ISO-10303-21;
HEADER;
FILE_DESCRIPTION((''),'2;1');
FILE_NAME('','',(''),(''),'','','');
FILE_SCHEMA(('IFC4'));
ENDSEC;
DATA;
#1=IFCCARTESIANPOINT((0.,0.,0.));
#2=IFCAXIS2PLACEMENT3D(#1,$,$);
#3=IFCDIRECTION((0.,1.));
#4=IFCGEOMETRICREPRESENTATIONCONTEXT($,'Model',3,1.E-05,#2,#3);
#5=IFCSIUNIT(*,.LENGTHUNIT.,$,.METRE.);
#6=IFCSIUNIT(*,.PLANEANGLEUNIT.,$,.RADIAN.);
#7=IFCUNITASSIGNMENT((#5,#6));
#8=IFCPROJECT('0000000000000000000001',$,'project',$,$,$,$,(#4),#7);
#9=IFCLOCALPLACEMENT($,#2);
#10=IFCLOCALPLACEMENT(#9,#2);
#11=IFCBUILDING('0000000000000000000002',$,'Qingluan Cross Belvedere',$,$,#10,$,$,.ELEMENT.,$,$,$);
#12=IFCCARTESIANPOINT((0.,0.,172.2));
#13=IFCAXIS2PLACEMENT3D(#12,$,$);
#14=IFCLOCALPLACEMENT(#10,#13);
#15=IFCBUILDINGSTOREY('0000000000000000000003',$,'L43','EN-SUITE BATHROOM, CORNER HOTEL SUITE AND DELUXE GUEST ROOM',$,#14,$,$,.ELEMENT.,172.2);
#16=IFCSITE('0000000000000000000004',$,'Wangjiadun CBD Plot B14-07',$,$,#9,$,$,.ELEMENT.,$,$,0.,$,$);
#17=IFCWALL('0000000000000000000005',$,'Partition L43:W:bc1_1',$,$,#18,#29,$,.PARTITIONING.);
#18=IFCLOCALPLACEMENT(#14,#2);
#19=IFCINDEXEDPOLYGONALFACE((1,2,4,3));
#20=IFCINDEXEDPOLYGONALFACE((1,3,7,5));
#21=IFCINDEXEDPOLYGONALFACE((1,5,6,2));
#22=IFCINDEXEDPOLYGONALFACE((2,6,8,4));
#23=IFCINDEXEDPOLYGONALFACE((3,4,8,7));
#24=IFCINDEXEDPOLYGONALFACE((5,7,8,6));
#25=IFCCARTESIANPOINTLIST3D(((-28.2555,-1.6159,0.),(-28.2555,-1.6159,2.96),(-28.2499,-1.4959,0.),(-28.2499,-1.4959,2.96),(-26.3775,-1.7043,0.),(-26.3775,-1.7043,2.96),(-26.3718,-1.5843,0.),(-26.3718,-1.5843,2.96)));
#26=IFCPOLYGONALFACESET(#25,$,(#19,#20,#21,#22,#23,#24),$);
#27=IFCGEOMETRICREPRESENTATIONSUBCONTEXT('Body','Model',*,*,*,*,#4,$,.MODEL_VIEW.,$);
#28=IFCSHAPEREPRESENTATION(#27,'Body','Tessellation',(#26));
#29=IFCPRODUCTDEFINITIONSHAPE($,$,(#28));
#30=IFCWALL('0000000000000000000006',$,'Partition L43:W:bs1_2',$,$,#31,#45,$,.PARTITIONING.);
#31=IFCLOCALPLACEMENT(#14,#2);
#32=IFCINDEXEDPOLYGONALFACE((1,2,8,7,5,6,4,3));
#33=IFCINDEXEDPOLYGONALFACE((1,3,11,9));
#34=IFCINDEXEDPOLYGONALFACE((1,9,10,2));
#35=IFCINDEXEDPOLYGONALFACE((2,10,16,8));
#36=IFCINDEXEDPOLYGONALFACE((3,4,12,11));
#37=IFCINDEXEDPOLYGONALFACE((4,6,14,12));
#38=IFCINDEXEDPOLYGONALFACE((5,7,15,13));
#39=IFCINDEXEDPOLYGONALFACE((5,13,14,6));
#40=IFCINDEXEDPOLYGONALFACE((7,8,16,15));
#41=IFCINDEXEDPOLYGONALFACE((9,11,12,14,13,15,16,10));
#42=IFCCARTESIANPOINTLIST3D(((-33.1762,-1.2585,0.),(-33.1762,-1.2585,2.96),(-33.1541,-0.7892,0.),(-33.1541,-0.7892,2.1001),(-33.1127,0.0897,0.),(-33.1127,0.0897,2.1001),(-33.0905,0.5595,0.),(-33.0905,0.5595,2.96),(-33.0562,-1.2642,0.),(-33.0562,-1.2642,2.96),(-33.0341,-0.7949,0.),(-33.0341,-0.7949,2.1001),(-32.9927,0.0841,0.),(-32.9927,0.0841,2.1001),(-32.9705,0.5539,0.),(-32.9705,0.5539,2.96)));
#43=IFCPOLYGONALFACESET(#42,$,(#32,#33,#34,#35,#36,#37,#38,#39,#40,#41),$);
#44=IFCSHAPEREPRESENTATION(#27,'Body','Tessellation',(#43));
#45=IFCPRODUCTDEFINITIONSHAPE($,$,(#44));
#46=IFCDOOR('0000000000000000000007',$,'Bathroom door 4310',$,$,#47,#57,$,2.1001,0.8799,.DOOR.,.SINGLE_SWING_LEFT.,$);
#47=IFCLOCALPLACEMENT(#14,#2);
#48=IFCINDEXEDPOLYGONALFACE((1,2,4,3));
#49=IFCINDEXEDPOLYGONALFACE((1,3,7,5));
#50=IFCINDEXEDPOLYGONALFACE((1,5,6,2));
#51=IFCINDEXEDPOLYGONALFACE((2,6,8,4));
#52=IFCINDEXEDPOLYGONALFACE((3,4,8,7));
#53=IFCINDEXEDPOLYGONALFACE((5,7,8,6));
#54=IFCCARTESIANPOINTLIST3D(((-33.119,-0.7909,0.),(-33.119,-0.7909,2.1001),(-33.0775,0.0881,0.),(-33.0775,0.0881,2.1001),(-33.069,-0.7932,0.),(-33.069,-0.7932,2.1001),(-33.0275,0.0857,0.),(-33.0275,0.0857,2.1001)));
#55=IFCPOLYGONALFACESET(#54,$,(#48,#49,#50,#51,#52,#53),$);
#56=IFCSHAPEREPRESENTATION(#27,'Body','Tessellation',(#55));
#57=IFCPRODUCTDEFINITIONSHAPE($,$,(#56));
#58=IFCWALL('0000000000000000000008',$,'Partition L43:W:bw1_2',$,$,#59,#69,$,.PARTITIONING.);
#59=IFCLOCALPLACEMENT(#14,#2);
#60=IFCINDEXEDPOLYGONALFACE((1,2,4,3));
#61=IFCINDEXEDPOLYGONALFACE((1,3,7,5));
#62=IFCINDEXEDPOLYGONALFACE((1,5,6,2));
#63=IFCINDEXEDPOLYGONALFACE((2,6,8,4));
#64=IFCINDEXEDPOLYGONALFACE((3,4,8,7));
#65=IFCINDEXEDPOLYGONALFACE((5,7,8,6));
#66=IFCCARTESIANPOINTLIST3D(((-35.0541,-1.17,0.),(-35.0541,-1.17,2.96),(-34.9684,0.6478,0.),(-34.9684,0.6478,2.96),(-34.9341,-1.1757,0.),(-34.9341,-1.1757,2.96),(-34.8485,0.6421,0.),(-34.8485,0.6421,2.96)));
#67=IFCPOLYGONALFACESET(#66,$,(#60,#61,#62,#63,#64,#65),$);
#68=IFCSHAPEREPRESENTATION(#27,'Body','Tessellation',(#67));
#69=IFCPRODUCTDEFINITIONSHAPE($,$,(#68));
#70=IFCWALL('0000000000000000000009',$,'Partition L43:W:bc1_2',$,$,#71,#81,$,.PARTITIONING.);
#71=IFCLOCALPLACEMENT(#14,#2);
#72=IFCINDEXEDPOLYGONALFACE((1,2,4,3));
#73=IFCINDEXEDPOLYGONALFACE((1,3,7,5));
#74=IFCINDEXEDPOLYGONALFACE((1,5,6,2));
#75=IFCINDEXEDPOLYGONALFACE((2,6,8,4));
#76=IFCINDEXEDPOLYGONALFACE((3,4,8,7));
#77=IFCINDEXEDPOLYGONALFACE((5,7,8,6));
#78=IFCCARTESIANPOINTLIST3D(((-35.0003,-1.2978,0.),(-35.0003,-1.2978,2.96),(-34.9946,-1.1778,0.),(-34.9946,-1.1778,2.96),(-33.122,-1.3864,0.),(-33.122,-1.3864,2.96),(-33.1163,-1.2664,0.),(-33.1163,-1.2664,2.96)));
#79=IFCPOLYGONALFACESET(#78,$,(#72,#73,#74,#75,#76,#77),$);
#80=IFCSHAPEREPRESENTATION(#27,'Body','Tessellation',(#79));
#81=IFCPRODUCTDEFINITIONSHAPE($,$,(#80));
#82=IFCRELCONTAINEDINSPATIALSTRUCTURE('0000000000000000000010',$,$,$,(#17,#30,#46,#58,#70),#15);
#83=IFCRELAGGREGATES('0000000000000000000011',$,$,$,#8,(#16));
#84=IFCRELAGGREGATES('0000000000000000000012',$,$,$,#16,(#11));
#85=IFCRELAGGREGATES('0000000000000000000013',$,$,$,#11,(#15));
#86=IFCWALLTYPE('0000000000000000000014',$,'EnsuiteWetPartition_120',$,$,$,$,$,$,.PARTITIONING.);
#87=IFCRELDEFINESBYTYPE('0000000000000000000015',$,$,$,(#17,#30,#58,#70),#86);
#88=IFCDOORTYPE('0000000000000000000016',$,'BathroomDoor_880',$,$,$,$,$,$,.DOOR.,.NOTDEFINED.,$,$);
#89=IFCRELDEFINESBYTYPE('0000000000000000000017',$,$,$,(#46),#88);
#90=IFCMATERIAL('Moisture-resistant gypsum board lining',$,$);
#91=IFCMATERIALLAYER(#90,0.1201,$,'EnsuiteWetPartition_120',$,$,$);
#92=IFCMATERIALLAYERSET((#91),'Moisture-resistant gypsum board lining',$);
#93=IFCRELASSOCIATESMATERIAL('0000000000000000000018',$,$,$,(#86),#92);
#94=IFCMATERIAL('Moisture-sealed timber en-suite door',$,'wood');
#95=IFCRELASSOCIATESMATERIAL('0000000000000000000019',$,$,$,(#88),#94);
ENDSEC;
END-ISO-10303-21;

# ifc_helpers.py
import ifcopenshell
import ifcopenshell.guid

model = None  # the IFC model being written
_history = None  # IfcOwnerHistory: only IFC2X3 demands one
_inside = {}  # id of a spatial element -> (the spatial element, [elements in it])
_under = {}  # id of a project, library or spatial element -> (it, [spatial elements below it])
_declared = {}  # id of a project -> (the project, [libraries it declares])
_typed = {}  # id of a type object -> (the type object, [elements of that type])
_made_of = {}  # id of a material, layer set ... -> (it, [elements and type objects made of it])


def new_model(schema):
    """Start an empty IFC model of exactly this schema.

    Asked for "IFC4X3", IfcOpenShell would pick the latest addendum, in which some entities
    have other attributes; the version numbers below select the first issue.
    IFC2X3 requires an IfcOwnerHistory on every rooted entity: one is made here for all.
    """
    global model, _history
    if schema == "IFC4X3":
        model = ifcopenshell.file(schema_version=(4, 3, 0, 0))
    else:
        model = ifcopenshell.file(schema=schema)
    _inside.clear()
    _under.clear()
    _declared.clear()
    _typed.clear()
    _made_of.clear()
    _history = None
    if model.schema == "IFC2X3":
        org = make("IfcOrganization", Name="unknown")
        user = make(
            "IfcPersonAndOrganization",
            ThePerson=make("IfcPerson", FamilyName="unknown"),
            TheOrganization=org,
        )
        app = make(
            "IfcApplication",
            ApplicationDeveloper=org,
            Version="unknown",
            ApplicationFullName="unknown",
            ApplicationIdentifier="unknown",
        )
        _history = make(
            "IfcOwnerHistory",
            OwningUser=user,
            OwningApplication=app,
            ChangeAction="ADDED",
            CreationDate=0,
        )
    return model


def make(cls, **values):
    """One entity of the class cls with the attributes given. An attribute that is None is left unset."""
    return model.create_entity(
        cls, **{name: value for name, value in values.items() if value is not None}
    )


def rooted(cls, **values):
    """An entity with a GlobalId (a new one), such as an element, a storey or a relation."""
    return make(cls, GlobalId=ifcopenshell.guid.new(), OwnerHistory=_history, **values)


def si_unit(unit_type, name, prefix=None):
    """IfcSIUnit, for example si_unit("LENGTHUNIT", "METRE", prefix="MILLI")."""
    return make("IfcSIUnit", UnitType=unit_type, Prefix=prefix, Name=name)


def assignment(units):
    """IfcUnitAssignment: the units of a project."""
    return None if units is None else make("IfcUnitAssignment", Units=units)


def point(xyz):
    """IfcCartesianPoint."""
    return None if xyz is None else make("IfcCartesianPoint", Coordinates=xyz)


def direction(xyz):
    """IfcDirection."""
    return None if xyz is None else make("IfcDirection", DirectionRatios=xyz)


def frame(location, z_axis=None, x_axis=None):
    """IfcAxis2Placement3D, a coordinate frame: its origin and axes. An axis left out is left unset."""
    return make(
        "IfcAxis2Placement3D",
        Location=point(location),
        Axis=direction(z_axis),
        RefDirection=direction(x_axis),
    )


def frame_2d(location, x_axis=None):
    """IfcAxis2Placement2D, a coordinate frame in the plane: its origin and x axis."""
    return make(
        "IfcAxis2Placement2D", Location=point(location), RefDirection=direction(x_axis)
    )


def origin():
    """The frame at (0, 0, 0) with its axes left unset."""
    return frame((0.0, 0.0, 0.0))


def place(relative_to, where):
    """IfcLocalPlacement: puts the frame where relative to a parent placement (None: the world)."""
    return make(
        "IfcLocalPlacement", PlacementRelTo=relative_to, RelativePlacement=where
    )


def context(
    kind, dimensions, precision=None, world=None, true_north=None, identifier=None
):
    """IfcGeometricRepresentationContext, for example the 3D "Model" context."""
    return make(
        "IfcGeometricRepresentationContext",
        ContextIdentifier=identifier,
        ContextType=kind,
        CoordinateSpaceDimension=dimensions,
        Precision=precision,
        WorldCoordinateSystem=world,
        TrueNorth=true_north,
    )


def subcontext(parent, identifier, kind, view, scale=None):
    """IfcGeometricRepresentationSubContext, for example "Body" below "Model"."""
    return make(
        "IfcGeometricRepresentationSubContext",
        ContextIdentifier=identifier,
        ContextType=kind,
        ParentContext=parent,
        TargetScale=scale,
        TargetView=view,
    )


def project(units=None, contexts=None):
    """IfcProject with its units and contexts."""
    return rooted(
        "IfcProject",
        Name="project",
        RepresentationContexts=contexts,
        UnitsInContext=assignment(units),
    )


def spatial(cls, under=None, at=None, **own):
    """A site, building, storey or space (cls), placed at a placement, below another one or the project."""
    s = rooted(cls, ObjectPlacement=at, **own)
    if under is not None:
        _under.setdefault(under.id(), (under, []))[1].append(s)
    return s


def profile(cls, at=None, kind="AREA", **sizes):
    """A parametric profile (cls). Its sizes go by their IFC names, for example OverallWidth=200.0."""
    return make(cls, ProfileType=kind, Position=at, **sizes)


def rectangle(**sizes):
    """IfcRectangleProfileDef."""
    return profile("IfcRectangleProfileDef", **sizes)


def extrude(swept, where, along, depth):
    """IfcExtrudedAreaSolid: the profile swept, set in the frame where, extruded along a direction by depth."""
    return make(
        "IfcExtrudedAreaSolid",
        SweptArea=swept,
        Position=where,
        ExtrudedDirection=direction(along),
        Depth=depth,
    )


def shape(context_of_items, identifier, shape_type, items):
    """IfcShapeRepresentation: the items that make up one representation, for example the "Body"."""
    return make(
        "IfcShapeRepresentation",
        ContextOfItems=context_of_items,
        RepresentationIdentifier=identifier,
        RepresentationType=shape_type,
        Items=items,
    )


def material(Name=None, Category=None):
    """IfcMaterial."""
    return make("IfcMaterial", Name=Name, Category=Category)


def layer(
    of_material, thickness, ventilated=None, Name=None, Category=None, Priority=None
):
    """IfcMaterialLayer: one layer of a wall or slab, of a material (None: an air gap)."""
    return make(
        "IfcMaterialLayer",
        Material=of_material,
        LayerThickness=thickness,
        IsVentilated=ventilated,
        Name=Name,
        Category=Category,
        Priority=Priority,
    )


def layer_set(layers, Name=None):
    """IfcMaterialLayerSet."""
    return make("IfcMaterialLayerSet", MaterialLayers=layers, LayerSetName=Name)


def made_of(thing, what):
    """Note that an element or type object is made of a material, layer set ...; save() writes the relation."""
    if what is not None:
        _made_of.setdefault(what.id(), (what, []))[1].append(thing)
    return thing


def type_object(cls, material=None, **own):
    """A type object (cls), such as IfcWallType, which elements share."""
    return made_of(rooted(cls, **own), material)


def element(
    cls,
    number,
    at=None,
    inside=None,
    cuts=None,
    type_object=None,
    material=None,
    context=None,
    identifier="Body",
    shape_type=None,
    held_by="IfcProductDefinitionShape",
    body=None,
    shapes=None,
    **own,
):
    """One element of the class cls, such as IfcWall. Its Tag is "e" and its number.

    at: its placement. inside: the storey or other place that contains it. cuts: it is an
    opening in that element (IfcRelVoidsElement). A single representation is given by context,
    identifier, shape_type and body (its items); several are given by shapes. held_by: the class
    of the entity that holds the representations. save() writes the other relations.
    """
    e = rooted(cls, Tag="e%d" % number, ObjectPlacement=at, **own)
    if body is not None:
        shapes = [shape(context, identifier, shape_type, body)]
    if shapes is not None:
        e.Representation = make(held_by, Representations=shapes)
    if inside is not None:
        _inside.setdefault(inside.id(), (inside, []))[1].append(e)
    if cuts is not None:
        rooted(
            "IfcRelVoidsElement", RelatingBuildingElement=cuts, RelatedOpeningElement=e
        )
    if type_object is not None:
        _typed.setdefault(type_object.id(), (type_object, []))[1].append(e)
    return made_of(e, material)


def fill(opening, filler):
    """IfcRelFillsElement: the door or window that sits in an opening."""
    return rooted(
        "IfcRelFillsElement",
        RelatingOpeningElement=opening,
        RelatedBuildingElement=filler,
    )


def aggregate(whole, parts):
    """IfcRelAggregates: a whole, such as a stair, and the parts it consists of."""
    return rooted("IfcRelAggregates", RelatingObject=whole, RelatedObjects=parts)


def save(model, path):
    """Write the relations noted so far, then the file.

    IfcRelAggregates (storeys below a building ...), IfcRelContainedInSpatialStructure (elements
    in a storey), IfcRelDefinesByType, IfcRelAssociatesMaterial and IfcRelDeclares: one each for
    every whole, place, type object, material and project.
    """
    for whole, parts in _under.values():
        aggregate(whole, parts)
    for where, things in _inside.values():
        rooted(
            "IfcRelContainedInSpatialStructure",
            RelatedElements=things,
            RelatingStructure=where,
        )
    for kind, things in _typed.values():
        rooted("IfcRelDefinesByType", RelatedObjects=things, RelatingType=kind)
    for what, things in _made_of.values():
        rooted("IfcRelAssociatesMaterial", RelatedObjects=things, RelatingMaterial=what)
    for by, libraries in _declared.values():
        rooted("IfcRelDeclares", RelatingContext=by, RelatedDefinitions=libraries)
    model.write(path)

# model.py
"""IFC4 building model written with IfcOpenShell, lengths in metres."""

from ifc_helpers import new_model, si_unit, direction, frame, frame_2d, origin, place, context, subcontext, project, spatial, rectangle, extrude, material, layer, layer_set, type_object, element, fill, save


model = new_model("IFC4")

# Units and contexts
model_context = context("Model", 3, precision=1e-05, world=origin(), true_north=direction((0.0, 1.0)))
body_context = subcontext(model_context, "Body", "Model", "MODEL_VIEW")
ifc_project = project(units=[si_unit("LENGTHUNIT", "METRE"), si_unit("PLANEANGLEUNIT", "RADIAN")], contexts=[model_context])

# Site, building, storey
site_placement = place(None, origin())
site = spatial("IfcSite", under=ifc_project, at=site_placement, Name="Wangjiadun CBD Plot B14-07", CompositionType="ELEMENT", RefElevation=0.0)
building_placement = place(site_placement, origin())
building = spatial("IfcBuilding", under=site, at=building_placement, Name="Qingluan Cross Belvedere", CompositionType="ELEMENT")
storey_placement = place(building_placement, frame((0.0, 0.0, 172.2)))
storey = spatial("IfcBuildingStorey", under=building, at=storey_placement, Name="L43", Description="EN-SUITE BATHROOM, CORNER HOTEL SUITE AND DELUXE GUEST ROOM", CompositionType="ELEMENT", Elevation=172.2)

# Shared definitions
ifc_material_1 = material(Name="Moisture-resistant gypsum board lining")
ifc_layer_1 = layer(ifc_material_1, 0.1201, Name="EnsuiteWetPartition_120")
ifc_layer_set_1 = layer_set([ifc_layer_1], Name="Moisture-resistant gypsum board lining")
wall_type_1 = type_object("IfcWallType", Name="EnsuiteWetPartition_120", PredefinedType="PARTITIONING", material=ifc_layer_set_1)
ifc_material_2 = material(Name="Moisture-sealed timber en-suite door", Category="wood")
door_type = type_object("IfcDoorType", Name="BathroomDoor_880", OperationType="NOTDEFINED", PredefinedType="DOOR", material=ifc_material_2)

# Wall
wall_1_placement = place(storey_placement, frame((-26.3748, -1.6443, 0.0), z_axis=(0.0, 0.0, 1.0), x_axis=(-0.998894, 0.04701, 0.0)))
element("IfcWall", 1, at=wall_1_placement, inside=storey, type_object=wall_type_1, Name="Partition L43:W:bc1_1", PredefinedType="PARTITIONING", context=body_context, shape_type="SweptSolid", body=[
    extrude(rectangle(XDim=1.8801, YDim=0.1201, at=frame_2d((0.9399, 0.0))), origin(), (0.0, 0.0, 1.0), 2.96),
])

# Wall, opening, door
wall_2_placement = place(storey_placement, frame((-33.1162, -1.2615, 0.0), z_axis=(0.0, 0.0, 1.0), x_axis=(0.047081, 0.998891, 0.0)))
wall_2 = element("IfcWall", 2, at=wall_2_placement, inside=storey, type_object=wall_type_1, Name="Partition L43:W:bs1_2", PredefinedType="PARTITIONING", context=body_context, shape_type="SweptSolid", body=[
    extrude(rectangle(XDim=1.8201, YDim=0.1201, at=frame_2d((0.9102, 0.0))), origin(), (0.0, 0.0, 1.0), 2.96),
])
opening_1_placement = place(wall_2_placement, frame((0.47, 0.0, 0.0)))
opening_1 = element("IfcOpeningElement", 3, at=opening_1_placement, cuts=wall_2, PredefinedType="OPENING", context=body_context, shape_type="SweptSolid", body=[
    extrude(rectangle(XDim=0.8799, YDim=2.1001, at=frame_2d((0.4399, 1.05))), frame((0.0, 0.0701, 0.0), z_axis=(0.0, -1.0, 0.0), x_axis=(1.0, 0.0, 0.0)), (0.0, 0.0, 1.0), 0.1401),
])
door_1_placement = place(opening_1_placement, origin())
door_1 = element("IfcDoor", 4, at=door_1_placement, inside=storey, type_object=door_type, Name="Bathroom door 4310", OperationType="SINGLE_SWING_LEFT", OverallHeight=2.1001, OverallWidth=0.8799, PredefinedType="DOOR", context=body_context, shape_type="SweptSolid", body=[
    extrude(rectangle(XDim=0.8799, YDim=2.1001, at=frame_2d((0.4399, 1.05))), frame((0.0, 0.0249, 0.0), z_axis=(0.0, -1.0, 0.0), x_axis=(1.0, 0.0, 0.0)), (0.0, 0.0, 1.0), 0.05),
])
fill(opening_1, door_1)

# Walls
wall_3_placement = place(storey_placement, frame((-34.9941, -1.1729, 0.0), z_axis=(0.0, 0.0, 1.0), x_axis=(0.047087, 0.998891, 0.0)))
element("IfcWall", 5, at=wall_3_placement, inside=storey, type_object=wall_type_1, Name="Partition L43:W:bw1_2", PredefinedType="PARTITIONING", context=body_context, shape_type="SweptSolid", body=[
    extrude(rectangle(XDim=1.8198, YDim=0.1201, at=frame_2d((0.9099, 0.0))), origin(), (0.0, 0.0, 1.0), 2.96),
])
wall_4_placement = place(storey_placement, frame((-33.1191, -1.3264, 0.0), z_axis=(0.0, 0.0, 1.0), x_axis=(-0.998889, 0.047133, 0.0)))
element("IfcWall", 6, at=wall_4_placement, inside=storey, type_object=wall_type_1, Name="Partition L43:W:bc1_2", PredefinedType="PARTITIONING", context=body_context, shape_type="SweptSolid", body=[
    extrude(rectangle(XDim=1.8804, YDim=0.1201, at=frame_2d((0.9402, 0.0))), origin(), (0.0, 0.0, 1.0), 2.96),
])

save(model, "model.ifc")
